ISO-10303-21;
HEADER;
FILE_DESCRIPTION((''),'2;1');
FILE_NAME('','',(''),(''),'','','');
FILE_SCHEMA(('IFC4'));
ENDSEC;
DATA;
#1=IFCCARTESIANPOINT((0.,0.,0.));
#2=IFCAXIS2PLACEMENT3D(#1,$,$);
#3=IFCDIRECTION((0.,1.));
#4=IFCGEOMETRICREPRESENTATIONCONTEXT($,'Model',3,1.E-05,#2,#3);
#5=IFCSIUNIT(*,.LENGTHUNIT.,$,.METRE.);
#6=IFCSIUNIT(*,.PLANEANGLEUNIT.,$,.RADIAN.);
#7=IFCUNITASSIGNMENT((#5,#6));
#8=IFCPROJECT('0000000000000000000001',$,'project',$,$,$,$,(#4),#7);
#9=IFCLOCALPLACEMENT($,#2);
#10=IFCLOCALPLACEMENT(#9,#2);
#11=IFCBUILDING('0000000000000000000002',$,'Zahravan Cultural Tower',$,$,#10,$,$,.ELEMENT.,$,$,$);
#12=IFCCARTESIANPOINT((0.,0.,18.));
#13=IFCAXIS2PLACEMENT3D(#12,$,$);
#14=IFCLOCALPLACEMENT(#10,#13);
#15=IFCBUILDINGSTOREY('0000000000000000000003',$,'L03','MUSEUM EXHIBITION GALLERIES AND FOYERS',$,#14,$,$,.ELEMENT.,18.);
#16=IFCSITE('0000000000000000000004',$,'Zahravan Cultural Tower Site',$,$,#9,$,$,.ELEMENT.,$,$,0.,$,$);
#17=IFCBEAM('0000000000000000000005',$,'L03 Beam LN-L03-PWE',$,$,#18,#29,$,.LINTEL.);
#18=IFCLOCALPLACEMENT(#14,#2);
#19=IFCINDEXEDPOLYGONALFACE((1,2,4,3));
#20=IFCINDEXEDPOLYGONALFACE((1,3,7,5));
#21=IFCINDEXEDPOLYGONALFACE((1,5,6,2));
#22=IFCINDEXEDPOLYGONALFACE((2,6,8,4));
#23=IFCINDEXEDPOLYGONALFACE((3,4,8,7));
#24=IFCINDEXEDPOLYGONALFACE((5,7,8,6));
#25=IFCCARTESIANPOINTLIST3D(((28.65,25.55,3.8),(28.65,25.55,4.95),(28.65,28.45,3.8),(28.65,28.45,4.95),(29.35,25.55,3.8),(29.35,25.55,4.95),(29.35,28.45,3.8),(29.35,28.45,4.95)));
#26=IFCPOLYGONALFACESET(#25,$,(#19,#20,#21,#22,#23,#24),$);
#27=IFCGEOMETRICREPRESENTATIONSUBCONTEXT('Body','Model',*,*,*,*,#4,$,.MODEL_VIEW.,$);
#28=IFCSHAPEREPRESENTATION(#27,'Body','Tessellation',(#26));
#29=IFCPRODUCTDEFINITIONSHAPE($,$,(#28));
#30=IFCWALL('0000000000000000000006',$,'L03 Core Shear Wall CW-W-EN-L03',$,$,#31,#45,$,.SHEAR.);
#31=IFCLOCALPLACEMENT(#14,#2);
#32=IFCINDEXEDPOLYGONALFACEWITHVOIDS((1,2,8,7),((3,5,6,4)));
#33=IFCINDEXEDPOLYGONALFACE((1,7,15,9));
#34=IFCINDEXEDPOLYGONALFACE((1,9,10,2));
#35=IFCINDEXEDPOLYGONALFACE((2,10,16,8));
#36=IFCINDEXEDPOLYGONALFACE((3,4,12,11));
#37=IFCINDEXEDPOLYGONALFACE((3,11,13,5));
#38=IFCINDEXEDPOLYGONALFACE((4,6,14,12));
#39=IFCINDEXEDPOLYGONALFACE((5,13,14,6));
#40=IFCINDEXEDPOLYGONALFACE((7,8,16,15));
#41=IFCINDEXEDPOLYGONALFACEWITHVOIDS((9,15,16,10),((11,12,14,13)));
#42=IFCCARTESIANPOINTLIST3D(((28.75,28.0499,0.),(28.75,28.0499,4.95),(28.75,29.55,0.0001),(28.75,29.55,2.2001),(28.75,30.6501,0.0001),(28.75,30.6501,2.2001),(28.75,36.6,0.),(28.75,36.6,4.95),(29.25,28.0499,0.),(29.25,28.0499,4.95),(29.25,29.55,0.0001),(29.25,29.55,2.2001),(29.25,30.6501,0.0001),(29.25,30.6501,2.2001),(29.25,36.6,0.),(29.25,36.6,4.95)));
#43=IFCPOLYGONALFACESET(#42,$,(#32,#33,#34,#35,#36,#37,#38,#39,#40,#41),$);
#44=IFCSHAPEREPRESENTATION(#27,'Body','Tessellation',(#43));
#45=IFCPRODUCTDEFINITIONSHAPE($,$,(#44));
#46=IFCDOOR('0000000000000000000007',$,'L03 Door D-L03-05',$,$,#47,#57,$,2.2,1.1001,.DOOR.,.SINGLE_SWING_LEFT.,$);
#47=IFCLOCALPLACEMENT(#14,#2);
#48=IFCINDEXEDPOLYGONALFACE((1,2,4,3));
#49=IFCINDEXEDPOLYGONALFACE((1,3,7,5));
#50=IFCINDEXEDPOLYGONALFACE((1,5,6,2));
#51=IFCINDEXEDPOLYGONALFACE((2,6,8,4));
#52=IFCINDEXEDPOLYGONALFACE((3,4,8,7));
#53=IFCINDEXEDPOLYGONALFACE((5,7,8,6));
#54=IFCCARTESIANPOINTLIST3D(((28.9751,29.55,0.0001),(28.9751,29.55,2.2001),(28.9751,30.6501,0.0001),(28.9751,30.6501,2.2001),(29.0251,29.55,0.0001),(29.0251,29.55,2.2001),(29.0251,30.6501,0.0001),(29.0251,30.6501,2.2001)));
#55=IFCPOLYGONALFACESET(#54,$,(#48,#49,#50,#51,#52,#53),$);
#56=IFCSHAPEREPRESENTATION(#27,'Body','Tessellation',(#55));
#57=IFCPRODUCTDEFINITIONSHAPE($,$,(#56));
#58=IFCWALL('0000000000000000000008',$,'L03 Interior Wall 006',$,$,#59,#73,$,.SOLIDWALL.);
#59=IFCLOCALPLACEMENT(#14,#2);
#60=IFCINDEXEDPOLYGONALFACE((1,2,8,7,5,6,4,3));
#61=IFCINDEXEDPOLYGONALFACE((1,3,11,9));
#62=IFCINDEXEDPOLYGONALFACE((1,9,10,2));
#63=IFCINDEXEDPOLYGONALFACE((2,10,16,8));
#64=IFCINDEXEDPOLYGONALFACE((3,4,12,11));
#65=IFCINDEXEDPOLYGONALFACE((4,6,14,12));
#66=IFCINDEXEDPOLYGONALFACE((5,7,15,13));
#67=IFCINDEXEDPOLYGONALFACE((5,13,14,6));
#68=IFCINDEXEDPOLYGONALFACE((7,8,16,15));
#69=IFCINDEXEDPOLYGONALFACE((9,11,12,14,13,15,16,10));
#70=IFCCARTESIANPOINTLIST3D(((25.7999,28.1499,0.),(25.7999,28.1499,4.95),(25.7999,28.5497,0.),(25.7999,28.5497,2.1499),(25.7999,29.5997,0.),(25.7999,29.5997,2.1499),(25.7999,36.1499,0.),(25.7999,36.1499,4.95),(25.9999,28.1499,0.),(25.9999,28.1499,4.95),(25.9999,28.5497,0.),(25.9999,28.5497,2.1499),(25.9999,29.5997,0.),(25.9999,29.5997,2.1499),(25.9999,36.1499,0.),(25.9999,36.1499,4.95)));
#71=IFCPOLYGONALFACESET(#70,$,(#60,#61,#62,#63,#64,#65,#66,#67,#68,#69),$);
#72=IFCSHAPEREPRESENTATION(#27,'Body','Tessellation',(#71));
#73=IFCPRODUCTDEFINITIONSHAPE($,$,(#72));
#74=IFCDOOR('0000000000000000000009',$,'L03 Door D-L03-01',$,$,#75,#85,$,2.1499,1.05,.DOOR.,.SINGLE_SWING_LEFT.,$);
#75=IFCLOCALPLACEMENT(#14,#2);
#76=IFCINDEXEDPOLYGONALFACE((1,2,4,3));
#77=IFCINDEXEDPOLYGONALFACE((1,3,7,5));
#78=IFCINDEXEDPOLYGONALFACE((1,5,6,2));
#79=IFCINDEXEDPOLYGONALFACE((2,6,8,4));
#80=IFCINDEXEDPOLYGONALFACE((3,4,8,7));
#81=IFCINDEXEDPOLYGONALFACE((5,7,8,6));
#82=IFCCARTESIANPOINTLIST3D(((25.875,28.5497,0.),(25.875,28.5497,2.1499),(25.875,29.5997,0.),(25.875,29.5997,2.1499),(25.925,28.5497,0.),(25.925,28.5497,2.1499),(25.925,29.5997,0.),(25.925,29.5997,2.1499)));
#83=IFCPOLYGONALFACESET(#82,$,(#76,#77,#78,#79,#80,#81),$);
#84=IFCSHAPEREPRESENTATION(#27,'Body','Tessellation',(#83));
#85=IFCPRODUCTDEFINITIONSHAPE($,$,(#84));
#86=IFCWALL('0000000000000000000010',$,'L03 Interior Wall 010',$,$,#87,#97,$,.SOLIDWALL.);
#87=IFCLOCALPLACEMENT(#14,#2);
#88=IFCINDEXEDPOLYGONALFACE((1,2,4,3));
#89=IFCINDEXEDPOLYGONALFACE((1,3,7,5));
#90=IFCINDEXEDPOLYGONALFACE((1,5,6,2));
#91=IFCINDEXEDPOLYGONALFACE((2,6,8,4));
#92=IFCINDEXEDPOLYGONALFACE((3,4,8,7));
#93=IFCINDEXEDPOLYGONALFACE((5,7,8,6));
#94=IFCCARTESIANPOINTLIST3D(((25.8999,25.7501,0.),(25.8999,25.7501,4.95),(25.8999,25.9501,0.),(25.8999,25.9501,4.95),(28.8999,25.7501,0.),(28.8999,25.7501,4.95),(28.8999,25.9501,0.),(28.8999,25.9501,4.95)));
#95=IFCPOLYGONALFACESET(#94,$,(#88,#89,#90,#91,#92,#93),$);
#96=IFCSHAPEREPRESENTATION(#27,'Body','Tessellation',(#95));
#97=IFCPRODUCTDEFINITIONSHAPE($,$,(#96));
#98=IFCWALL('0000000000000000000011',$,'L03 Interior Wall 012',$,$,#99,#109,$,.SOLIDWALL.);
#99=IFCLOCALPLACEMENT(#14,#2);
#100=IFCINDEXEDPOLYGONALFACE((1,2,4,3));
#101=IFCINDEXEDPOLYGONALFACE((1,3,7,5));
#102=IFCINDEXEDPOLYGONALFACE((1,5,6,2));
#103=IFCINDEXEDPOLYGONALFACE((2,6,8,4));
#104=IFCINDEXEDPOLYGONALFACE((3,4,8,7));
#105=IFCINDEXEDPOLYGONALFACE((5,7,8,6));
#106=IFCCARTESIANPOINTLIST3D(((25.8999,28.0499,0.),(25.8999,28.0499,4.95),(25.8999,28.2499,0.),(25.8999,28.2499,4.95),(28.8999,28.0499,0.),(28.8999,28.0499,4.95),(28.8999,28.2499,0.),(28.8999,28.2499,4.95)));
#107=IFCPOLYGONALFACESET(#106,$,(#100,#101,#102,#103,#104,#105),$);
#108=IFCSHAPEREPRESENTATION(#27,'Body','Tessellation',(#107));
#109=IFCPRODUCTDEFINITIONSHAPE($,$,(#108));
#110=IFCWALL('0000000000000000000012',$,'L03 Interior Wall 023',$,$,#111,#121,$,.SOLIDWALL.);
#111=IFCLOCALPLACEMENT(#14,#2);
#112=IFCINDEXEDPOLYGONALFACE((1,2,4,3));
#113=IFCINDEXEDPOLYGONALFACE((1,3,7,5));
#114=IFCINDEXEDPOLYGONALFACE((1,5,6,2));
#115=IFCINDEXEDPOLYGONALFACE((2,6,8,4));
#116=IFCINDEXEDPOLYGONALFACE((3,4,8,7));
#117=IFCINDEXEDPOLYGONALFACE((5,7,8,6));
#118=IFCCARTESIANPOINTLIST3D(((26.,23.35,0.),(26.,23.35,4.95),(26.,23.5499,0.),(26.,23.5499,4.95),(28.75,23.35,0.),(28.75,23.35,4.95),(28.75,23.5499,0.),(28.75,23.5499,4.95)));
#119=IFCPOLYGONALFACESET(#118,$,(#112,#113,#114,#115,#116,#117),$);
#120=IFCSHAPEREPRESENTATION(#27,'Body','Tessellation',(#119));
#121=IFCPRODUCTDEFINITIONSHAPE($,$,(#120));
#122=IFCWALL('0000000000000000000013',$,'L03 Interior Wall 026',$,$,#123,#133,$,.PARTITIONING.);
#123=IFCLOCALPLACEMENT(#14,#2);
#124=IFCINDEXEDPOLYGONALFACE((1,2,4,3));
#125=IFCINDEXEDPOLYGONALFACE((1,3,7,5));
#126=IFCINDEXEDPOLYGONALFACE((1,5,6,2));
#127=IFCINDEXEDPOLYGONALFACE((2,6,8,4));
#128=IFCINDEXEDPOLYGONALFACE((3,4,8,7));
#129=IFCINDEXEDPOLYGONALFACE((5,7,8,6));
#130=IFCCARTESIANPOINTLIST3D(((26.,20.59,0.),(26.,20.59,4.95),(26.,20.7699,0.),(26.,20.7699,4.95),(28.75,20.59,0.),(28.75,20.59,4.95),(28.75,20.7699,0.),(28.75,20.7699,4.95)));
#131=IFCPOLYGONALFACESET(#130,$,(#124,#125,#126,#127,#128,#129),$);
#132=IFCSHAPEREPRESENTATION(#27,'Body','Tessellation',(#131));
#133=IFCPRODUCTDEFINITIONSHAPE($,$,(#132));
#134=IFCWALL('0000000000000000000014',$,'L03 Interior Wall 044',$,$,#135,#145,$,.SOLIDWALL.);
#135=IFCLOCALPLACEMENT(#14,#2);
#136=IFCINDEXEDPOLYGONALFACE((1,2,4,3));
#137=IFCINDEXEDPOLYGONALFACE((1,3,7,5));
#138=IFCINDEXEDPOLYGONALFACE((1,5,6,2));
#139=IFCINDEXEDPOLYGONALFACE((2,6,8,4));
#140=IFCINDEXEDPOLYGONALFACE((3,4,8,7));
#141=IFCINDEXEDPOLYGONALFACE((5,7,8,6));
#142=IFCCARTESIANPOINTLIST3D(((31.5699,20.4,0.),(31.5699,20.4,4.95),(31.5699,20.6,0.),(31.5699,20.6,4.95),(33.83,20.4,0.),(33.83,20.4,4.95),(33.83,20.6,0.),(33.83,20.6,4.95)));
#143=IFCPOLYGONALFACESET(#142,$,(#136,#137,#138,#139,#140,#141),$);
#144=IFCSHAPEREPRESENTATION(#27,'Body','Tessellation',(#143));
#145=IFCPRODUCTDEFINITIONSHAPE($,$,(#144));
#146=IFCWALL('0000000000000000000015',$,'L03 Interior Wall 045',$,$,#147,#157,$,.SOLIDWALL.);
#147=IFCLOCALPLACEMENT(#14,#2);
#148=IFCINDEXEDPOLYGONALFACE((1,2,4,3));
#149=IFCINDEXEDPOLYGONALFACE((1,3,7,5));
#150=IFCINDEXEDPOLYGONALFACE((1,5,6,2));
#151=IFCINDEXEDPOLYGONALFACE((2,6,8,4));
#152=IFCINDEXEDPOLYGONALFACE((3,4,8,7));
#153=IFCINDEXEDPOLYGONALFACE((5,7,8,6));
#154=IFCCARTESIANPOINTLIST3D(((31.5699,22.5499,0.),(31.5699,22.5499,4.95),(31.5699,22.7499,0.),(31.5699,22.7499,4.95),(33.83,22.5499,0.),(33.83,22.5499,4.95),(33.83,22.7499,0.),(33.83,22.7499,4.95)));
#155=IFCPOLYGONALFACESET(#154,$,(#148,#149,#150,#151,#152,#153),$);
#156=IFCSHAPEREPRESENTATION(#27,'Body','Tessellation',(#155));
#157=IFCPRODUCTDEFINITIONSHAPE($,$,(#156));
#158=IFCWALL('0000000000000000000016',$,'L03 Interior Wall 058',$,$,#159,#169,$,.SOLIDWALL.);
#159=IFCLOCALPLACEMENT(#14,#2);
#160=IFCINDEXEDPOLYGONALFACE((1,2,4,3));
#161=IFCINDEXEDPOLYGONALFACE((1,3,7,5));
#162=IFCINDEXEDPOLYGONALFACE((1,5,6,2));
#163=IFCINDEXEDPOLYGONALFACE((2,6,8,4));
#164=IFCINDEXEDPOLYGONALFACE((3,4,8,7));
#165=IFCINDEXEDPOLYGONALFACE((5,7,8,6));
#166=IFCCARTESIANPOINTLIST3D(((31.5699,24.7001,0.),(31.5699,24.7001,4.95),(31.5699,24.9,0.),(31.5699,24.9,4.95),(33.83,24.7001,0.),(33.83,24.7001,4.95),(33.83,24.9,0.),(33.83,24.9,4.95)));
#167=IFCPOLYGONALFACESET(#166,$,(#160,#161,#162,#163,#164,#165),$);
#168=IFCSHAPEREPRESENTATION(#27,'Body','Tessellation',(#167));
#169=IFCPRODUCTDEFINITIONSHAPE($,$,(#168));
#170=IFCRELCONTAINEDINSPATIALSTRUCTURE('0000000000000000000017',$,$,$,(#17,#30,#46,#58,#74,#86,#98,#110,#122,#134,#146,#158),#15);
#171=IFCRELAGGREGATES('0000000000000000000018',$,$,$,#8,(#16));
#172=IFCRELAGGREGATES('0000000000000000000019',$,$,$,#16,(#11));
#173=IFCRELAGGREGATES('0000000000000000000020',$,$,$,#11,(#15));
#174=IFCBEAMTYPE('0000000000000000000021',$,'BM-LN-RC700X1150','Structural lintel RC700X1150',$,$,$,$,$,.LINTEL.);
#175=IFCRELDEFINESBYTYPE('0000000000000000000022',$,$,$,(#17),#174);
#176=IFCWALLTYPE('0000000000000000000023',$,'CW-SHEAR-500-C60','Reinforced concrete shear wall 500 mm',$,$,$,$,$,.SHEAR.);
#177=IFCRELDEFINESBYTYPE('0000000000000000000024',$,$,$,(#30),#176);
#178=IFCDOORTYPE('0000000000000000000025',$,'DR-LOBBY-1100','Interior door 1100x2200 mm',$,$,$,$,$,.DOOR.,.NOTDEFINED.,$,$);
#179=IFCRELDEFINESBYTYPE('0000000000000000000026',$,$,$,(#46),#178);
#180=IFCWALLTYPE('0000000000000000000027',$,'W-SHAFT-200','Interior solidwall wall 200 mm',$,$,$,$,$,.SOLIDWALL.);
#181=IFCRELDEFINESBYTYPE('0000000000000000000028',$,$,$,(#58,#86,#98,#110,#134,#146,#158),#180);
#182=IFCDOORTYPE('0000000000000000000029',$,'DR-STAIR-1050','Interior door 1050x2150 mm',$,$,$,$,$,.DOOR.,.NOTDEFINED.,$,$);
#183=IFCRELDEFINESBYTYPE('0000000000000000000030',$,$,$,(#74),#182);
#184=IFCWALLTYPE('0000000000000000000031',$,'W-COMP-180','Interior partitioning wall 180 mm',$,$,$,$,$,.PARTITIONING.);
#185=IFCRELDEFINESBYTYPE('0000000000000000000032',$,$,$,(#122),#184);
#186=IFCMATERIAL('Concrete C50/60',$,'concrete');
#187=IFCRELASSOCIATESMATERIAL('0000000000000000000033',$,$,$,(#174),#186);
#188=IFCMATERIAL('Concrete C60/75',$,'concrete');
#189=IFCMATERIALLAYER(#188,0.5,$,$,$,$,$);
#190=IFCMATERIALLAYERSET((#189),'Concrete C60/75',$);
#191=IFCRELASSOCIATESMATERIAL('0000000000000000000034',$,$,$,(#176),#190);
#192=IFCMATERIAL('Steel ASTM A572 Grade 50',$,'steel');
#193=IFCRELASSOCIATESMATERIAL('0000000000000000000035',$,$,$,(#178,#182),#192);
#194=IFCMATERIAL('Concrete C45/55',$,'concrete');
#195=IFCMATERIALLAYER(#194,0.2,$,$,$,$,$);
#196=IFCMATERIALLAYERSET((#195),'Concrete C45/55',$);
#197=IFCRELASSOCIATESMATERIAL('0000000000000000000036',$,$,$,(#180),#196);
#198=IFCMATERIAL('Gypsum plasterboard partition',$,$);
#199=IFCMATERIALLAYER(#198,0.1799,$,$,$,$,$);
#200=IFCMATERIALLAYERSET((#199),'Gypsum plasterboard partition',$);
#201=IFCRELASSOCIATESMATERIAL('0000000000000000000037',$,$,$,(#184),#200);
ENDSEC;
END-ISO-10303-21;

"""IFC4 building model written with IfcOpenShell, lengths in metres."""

from ifc_helpers import new_model, si_unit, direction, frame, frame_2d, origin, origin_2d, place, context, subcontext, project, spatial, rectangle, extrude, source, transform, mapped, material, layer, layer_set, material_profile, profile_set, type_object, element, fill, save


model = new_model("IFC4")

# Units and contexts
model_context = context("Model", 3, precision=1e-05, world=origin(), true_north=direction((0.0, 1.0)))
body_context = subcontext(model_context, "Body", "Model", "MODEL_VIEW")
ifc_project = project(units=[si_unit("LENGTHUNIT", "METRE"), si_unit("PLANEANGLEUNIT", "RADIAN")], contexts=[model_context])

# Site, building, storey
site_placement = place(None, origin())
site = spatial("IfcSite", under=ifc_project, at=site_placement, Name="Zahravan Cultural Tower Site", CompositionType="ELEMENT", RefElevation=0.0)
building_placement = place(site_placement, origin())
building = spatial("IfcBuilding", under=site, at=building_placement, Name="Zahravan Cultural Tower", CompositionType="ELEMENT")
storey_placement = place(building_placement, frame((0.0, 0.0, 18.0)))
storey = spatial("IfcBuildingStorey", under=building, at=storey_placement, Name="L03", Description="MUSEUM EXHIBITION GALLERIES AND FOYERS", CompositionType="ELEMENT", Elevation=18.0)

# Beam
ifc_material_1 = material(Name="Concrete C50/60", Category="concrete")
ifc_material_profile = material_profile(ifc_material_1, rectangle(XDim=0.7, YDim=1.1499, at=origin_2d()), Name="RC700X1150")
ifc_profile_set = profile_set([ifc_material_profile], Name="Concrete C50/60")
beam_type = type_object("IfcBeamType", Name="BM-LN-RC700X1150", Description="Structural lintel RC700X1150", PredefinedType="LINTEL", material=ifc_profile_set)
shared_shape_1 = source(origin(), body_context, "Body", "SweptSolid", [
    extrude(rectangle(XDim=0.7, YDim=1.1499, at=origin_2d()), origin(), (0.0, 0.0, 1.0), 2.8999),
])
beam_placement = place(storey_placement, frame((29.0, 25.55, 4.375), z_axis=(0.0, 1.0, 0.0), x_axis=(-1.0, 0.0, 0.0)))
element("IfcBeam", 1, at=beam_placement, inside=storey, type_object=beam_type, Name="L03 Beam LN-L03-PWE", PredefinedType="LINTEL", context=body_context, shape_type="MappedRepresentation", body=[
    mapped(shared_shape_1, transform((0.0, 0.0, 0.0), x_axis=(1.0, 0.0, 0.0), y_axis=(0.0, 1.0, 0.0), z_axis=(0.0, 0.0, 1.0), scale=1.0)),
])

# Walls, openings, doors
ifc_material_2 = material(Name="Concrete C60/75", Category="concrete")
ifc_layer_1 = layer(ifc_material_2, 0.5)
ifc_layer_set_1 = layer_set([ifc_layer_1], Name="Concrete C60/75")
wall_type_1 = type_object("IfcWallType", Name="CW-SHEAR-500-C60", Description="Reinforced concrete shear wall 500 mm", PredefinedType="SHEAR", material=ifc_layer_set_1)
wall_1_placement = place(storey_placement, frame((29.0, 28.05, 0.0), z_axis=(0.0, 0.0, 1.0), x_axis=(0.0, 1.0, 0.0)))
wall_1 = element("IfcWall", 2, at=wall_1_placement, inside=storey, type_object=wall_type_1, Name="L03 Core Shear Wall CW-W-EN-L03", PredefinedType="SHEAR", context=body_context, shape_type="SweptSolid", body=[
    extrude(rectangle(XDim=8.55, YDim=0.5, at=frame_2d((4.2749, 0.0))), origin(), (0.0, 0.0, 1.0), 4.95),
])
opening_1_placement = place(wall_1_placement, frame((1.5, 0.0, 0.0)))
opening_1 = element("IfcOpeningElement", 3, at=opening_1_placement, cuts=wall_1, PredefinedType="OPENING", context=body_context, shape_type="SweptSolid", body=[
    extrude(rectangle(XDim=1.1001, YDim=2.2, at=frame_2d((0.55, 1.1001))), frame((0.0, 0.26, 0.0), z_axis=(0.0, -1.0, 0.0), x_axis=(1.0, 0.0, 0.0)), (0.0, 0.0, 1.0), 0.52),
])
ifc_material_3 = material(Name="Steel ASTM A572 Grade 50", Category="steel")
door_type_1 = type_object("IfcDoorType", Name="DR-LOBBY-1100", Description="Interior door 1100x2200 mm", OperationType="NOTDEFINED", PredefinedType="DOOR", material=ifc_material_3)
shared_shape_2 = source(origin(), body_context, "Body", "SweptSolid", [
    extrude(rectangle(XDim=1.1001, YDim=2.2, at=frame_2d((0.55, 1.1001))), frame((0.0, 0.0249, 0.0), z_axis=(0.0, -1.0, 0.0), x_axis=(1.0, 0.0, 0.0)), (0.0, 0.0, 1.0), 0.05),
])
door_1_placement = place(opening_1_placement, origin())
door_1 = element("IfcDoor", 4, at=door_1_placement, inside=storey, type_object=door_type_1, Name="L03 Door D-L03-05", OperationType="SINGLE_SWING_LEFT", OverallHeight=2.2, OverallWidth=1.1001, PredefinedType="DOOR", context=body_context, shape_type="MappedRepresentation", body=[
    mapped(shared_shape_2, transform((0.0, 0.0, 0.0), x_axis=(1.0, 0.0, 0.0), y_axis=(0.0, 1.0, 0.0), z_axis=(0.0, 0.0, 1.0), scale=1.0)),
])
fill(opening_1, door_1)
ifc_material_4 = material(Name="Concrete C45/55", Category="concrete")
ifc_layer_2 = layer(ifc_material_4, 0.2)
ifc_layer_set_2 = layer_set([ifc_layer_2], Name="Concrete C45/55")
wall_type_2 = type_object("IfcWallType", Name="W-SHAFT-200", Description="Interior solidwall wall 200 mm", PredefinedType="SOLIDWALL", material=ifc_layer_set_2)
wall_2_placement = place(storey_placement, frame((25.8999, 28.1499, 0.0), z_axis=(0.0, 0.0, 1.0), x_axis=(0.0, 1.0, 0.0)))
wall_2 = element("IfcWall", 5, at=wall_2_placement, inside=storey, type_object=wall_type_2, Name="L03 Interior Wall 006", PredefinedType="SOLIDWALL", context=body_context, shape_type="SweptSolid", body=[
    extrude(rectangle(XDim=8.0, YDim=0.2, at=frame_2d((4.0, 0.0))), origin(), (0.0, 0.0, 1.0), 4.95),
])
opening_2_placement = place(wall_2_placement, frame((0.3999, 0.0, 0.0)))
opening_2 = element("IfcOpeningElement", 6, at=opening_2_placement, cuts=wall_2, PredefinedType="OPENING", context=body_context, shape_type="SweptSolid", body=[
    extrude(rectangle(XDim=1.05, YDim=2.1499, at=frame_2d((0.5249, 1.075))), frame((0.0, 0.1099, 0.0), z_axis=(0.0, -1.0, 0.0), x_axis=(1.0, 0.0, 0.0)), (0.0, 0.0, 1.0), 0.22),
])
door_type_2 = type_object("IfcDoorType", Name="DR-STAIR-1050", Description="Interior door 1050x2150 mm", OperationType="NOTDEFINED", PredefinedType="DOOR", material=ifc_material_3)
shared_shape_3 = source(origin(), body_context, "Body", "SweptSolid", [
    extrude(rectangle(XDim=1.05, YDim=2.1499, at=frame_2d((0.5249, 1.075))), frame((0.0, 0.0249, 0.0), z_axis=(0.0, -1.0, 0.0), x_axis=(1.0, 0.0, 0.0)), (0.0, 0.0, 1.0), 0.05),
])
door_2_placement = place(opening_2_placement, origin())
door_2 = element("IfcDoor", 7, at=door_2_placement, inside=storey, type_object=door_type_2, Name="L03 Door D-L03-01", OperationType="SINGLE_SWING_LEFT", OverallHeight=2.1499, OverallWidth=1.05, PredefinedType="DOOR", context=body_context, shape_type="MappedRepresentation", body=[
    mapped(shared_shape_3, transform((0.0, 0.0, 0.0), x_axis=(1.0, 0.0, 0.0), y_axis=(0.0, 1.0, 0.0), z_axis=(0.0, 0.0, 1.0), scale=1.0)),
])
fill(opening_2, door_2)

# Walls
shared_shape_4 = source(origin(), body_context, "Body", "SweptSolid", [
    extrude(rectangle(XDim=3.0, YDim=0.2, at=frame_2d((1.5, 0.0))), origin(), (0.0, 0.0, 1.0), 4.95),
])
for number, where, z_axis, x_axis, name in (
    (8, (25.8999, 25.8501, 0.0), (0.0, 0.0, 1.0), (1.0, 0.0, 0.0), "L03 Interior Wall 010"),
    (9, (25.8999, 28.1499, 0.0), (0.0, 0.0, 1.0), (1.0, 0.0, 0.0), "L03 Interior Wall 012"),
):
    element("IfcWall", number, at=place(storey_placement, frame(where, z_axis=z_axis, x_axis=x_axis)), inside=storey, type_object=wall_type_2, Name=name, PredefinedType="SOLIDWALL", context=body_context, shape_type="MappedRepresentation", body=[
        mapped(shared_shape_4, transform((0.0, 0.0, 0.0), x_axis=(1.0, 0.0, 0.0), y_axis=(0.0, 1.0, 0.0), z_axis=(0.0, 0.0, 1.0), scale=1.0)),
    ])
shared_shape_5 = source(origin(), body_context, "Body", "SweptSolid", [
    extrude(rectangle(XDim=2.75, YDim=0.2, at=frame_2d((1.375, 0.0))), origin(), (0.0, 0.0, 1.0), 4.95),
])
wall_3_placement = place(storey_placement, frame((26.0, 23.45, 0.0), z_axis=(0.0, 0.0, 1.0), x_axis=(1.0, 0.0, 0.0)))
element("IfcWall", 10, at=wall_3_placement, inside=storey, type_object=wall_type_2, Name="L03 Interior Wall 023", PredefinedType="SOLIDWALL", context=body_context, shape_type="MappedRepresentation", body=[
    mapped(shared_shape_5, transform((0.0, 0.0, 0.0), x_axis=(1.0, 0.0, 0.0), y_axis=(0.0, 1.0, 0.0), z_axis=(0.0, 0.0, 1.0), scale=1.0)),
])
ifc_material_5 = material(Name="Gypsum plasterboard partition")
ifc_layer_3 = layer(ifc_material_5, 0.1799)
ifc_layer_set_3 = layer_set([ifc_layer_3], Name="Gypsum plasterboard partition")
wall_type_3 = type_object("IfcWallType", Name="W-COMP-180", Description="Interior partitioning wall 180 mm", PredefinedType="PARTITIONING", material=ifc_layer_set_3)
shared_shape_6 = source(origin(), body_context, "Body", "SweptSolid", [
    extrude(rectangle(XDim=2.75, YDim=0.1799, at=frame_2d((1.375, 0.0))), origin(), (0.0, 0.0, 1.0), 4.95),
])
wall_4_placement = place(storey_placement, frame((26.0, 20.6799, 0.0), z_axis=(0.0, 0.0, 1.0), x_axis=(1.0, 0.0, 0.0)))
element("IfcWall", 11, at=wall_4_placement, inside=storey, type_object=wall_type_3, Name="L03 Interior Wall 026", PredefinedType="PARTITIONING", context=body_context, shape_type="MappedRepresentation", body=[
    mapped(shared_shape_6, transform((0.0, 0.0, 0.0), x_axis=(1.0, 0.0, 0.0), y_axis=(0.0, 1.0, 0.0), z_axis=(0.0, 0.0, 1.0), scale=1.0)),
])
shared_shape_7 = source(origin(), body_context, "Body", "SweptSolid", [
    extrude(rectangle(XDim=2.26, YDim=0.2, at=frame_2d((1.1299, 0.0))), origin(), (0.0, 0.0, 1.0), 4.95),
])
for number, where, z_axis, x_axis, name in (
    (12, (31.5701, 20.5, 0.0), (0.0, 0.0, 1.0), (1.0, 0.0, 0.0), "L03 Interior Wall 044"),
    (13, (31.5701, 22.6499, 0.0), (0.0, 0.0, 1.0), (1.0, 0.0, 0.0), "L03 Interior Wall 045"),
    (14, (31.5701, 24.8, 0.0), (0.0, 0.0, 1.0), (1.0, 0.0, 0.0), "L03 Interior Wall 058"),
):
    element("IfcWall", number, at=place(storey_placement, frame(where, z_axis=z_axis, x_axis=x_axis)), inside=storey, type_object=wall_type_2, Name=name, PredefinedType="SOLIDWALL", context=body_context, shape_type="MappedRepresentation", body=[
        mapped(shared_shape_7, transform((0.0, 0.0, 0.0), x_axis=(1.0, 0.0, 0.0), y_axis=(0.0, 1.0, 0.0), z_axis=(0.0, 0.0, 1.0), scale=1.0)),
    ])

save(model, "model.ifc")
